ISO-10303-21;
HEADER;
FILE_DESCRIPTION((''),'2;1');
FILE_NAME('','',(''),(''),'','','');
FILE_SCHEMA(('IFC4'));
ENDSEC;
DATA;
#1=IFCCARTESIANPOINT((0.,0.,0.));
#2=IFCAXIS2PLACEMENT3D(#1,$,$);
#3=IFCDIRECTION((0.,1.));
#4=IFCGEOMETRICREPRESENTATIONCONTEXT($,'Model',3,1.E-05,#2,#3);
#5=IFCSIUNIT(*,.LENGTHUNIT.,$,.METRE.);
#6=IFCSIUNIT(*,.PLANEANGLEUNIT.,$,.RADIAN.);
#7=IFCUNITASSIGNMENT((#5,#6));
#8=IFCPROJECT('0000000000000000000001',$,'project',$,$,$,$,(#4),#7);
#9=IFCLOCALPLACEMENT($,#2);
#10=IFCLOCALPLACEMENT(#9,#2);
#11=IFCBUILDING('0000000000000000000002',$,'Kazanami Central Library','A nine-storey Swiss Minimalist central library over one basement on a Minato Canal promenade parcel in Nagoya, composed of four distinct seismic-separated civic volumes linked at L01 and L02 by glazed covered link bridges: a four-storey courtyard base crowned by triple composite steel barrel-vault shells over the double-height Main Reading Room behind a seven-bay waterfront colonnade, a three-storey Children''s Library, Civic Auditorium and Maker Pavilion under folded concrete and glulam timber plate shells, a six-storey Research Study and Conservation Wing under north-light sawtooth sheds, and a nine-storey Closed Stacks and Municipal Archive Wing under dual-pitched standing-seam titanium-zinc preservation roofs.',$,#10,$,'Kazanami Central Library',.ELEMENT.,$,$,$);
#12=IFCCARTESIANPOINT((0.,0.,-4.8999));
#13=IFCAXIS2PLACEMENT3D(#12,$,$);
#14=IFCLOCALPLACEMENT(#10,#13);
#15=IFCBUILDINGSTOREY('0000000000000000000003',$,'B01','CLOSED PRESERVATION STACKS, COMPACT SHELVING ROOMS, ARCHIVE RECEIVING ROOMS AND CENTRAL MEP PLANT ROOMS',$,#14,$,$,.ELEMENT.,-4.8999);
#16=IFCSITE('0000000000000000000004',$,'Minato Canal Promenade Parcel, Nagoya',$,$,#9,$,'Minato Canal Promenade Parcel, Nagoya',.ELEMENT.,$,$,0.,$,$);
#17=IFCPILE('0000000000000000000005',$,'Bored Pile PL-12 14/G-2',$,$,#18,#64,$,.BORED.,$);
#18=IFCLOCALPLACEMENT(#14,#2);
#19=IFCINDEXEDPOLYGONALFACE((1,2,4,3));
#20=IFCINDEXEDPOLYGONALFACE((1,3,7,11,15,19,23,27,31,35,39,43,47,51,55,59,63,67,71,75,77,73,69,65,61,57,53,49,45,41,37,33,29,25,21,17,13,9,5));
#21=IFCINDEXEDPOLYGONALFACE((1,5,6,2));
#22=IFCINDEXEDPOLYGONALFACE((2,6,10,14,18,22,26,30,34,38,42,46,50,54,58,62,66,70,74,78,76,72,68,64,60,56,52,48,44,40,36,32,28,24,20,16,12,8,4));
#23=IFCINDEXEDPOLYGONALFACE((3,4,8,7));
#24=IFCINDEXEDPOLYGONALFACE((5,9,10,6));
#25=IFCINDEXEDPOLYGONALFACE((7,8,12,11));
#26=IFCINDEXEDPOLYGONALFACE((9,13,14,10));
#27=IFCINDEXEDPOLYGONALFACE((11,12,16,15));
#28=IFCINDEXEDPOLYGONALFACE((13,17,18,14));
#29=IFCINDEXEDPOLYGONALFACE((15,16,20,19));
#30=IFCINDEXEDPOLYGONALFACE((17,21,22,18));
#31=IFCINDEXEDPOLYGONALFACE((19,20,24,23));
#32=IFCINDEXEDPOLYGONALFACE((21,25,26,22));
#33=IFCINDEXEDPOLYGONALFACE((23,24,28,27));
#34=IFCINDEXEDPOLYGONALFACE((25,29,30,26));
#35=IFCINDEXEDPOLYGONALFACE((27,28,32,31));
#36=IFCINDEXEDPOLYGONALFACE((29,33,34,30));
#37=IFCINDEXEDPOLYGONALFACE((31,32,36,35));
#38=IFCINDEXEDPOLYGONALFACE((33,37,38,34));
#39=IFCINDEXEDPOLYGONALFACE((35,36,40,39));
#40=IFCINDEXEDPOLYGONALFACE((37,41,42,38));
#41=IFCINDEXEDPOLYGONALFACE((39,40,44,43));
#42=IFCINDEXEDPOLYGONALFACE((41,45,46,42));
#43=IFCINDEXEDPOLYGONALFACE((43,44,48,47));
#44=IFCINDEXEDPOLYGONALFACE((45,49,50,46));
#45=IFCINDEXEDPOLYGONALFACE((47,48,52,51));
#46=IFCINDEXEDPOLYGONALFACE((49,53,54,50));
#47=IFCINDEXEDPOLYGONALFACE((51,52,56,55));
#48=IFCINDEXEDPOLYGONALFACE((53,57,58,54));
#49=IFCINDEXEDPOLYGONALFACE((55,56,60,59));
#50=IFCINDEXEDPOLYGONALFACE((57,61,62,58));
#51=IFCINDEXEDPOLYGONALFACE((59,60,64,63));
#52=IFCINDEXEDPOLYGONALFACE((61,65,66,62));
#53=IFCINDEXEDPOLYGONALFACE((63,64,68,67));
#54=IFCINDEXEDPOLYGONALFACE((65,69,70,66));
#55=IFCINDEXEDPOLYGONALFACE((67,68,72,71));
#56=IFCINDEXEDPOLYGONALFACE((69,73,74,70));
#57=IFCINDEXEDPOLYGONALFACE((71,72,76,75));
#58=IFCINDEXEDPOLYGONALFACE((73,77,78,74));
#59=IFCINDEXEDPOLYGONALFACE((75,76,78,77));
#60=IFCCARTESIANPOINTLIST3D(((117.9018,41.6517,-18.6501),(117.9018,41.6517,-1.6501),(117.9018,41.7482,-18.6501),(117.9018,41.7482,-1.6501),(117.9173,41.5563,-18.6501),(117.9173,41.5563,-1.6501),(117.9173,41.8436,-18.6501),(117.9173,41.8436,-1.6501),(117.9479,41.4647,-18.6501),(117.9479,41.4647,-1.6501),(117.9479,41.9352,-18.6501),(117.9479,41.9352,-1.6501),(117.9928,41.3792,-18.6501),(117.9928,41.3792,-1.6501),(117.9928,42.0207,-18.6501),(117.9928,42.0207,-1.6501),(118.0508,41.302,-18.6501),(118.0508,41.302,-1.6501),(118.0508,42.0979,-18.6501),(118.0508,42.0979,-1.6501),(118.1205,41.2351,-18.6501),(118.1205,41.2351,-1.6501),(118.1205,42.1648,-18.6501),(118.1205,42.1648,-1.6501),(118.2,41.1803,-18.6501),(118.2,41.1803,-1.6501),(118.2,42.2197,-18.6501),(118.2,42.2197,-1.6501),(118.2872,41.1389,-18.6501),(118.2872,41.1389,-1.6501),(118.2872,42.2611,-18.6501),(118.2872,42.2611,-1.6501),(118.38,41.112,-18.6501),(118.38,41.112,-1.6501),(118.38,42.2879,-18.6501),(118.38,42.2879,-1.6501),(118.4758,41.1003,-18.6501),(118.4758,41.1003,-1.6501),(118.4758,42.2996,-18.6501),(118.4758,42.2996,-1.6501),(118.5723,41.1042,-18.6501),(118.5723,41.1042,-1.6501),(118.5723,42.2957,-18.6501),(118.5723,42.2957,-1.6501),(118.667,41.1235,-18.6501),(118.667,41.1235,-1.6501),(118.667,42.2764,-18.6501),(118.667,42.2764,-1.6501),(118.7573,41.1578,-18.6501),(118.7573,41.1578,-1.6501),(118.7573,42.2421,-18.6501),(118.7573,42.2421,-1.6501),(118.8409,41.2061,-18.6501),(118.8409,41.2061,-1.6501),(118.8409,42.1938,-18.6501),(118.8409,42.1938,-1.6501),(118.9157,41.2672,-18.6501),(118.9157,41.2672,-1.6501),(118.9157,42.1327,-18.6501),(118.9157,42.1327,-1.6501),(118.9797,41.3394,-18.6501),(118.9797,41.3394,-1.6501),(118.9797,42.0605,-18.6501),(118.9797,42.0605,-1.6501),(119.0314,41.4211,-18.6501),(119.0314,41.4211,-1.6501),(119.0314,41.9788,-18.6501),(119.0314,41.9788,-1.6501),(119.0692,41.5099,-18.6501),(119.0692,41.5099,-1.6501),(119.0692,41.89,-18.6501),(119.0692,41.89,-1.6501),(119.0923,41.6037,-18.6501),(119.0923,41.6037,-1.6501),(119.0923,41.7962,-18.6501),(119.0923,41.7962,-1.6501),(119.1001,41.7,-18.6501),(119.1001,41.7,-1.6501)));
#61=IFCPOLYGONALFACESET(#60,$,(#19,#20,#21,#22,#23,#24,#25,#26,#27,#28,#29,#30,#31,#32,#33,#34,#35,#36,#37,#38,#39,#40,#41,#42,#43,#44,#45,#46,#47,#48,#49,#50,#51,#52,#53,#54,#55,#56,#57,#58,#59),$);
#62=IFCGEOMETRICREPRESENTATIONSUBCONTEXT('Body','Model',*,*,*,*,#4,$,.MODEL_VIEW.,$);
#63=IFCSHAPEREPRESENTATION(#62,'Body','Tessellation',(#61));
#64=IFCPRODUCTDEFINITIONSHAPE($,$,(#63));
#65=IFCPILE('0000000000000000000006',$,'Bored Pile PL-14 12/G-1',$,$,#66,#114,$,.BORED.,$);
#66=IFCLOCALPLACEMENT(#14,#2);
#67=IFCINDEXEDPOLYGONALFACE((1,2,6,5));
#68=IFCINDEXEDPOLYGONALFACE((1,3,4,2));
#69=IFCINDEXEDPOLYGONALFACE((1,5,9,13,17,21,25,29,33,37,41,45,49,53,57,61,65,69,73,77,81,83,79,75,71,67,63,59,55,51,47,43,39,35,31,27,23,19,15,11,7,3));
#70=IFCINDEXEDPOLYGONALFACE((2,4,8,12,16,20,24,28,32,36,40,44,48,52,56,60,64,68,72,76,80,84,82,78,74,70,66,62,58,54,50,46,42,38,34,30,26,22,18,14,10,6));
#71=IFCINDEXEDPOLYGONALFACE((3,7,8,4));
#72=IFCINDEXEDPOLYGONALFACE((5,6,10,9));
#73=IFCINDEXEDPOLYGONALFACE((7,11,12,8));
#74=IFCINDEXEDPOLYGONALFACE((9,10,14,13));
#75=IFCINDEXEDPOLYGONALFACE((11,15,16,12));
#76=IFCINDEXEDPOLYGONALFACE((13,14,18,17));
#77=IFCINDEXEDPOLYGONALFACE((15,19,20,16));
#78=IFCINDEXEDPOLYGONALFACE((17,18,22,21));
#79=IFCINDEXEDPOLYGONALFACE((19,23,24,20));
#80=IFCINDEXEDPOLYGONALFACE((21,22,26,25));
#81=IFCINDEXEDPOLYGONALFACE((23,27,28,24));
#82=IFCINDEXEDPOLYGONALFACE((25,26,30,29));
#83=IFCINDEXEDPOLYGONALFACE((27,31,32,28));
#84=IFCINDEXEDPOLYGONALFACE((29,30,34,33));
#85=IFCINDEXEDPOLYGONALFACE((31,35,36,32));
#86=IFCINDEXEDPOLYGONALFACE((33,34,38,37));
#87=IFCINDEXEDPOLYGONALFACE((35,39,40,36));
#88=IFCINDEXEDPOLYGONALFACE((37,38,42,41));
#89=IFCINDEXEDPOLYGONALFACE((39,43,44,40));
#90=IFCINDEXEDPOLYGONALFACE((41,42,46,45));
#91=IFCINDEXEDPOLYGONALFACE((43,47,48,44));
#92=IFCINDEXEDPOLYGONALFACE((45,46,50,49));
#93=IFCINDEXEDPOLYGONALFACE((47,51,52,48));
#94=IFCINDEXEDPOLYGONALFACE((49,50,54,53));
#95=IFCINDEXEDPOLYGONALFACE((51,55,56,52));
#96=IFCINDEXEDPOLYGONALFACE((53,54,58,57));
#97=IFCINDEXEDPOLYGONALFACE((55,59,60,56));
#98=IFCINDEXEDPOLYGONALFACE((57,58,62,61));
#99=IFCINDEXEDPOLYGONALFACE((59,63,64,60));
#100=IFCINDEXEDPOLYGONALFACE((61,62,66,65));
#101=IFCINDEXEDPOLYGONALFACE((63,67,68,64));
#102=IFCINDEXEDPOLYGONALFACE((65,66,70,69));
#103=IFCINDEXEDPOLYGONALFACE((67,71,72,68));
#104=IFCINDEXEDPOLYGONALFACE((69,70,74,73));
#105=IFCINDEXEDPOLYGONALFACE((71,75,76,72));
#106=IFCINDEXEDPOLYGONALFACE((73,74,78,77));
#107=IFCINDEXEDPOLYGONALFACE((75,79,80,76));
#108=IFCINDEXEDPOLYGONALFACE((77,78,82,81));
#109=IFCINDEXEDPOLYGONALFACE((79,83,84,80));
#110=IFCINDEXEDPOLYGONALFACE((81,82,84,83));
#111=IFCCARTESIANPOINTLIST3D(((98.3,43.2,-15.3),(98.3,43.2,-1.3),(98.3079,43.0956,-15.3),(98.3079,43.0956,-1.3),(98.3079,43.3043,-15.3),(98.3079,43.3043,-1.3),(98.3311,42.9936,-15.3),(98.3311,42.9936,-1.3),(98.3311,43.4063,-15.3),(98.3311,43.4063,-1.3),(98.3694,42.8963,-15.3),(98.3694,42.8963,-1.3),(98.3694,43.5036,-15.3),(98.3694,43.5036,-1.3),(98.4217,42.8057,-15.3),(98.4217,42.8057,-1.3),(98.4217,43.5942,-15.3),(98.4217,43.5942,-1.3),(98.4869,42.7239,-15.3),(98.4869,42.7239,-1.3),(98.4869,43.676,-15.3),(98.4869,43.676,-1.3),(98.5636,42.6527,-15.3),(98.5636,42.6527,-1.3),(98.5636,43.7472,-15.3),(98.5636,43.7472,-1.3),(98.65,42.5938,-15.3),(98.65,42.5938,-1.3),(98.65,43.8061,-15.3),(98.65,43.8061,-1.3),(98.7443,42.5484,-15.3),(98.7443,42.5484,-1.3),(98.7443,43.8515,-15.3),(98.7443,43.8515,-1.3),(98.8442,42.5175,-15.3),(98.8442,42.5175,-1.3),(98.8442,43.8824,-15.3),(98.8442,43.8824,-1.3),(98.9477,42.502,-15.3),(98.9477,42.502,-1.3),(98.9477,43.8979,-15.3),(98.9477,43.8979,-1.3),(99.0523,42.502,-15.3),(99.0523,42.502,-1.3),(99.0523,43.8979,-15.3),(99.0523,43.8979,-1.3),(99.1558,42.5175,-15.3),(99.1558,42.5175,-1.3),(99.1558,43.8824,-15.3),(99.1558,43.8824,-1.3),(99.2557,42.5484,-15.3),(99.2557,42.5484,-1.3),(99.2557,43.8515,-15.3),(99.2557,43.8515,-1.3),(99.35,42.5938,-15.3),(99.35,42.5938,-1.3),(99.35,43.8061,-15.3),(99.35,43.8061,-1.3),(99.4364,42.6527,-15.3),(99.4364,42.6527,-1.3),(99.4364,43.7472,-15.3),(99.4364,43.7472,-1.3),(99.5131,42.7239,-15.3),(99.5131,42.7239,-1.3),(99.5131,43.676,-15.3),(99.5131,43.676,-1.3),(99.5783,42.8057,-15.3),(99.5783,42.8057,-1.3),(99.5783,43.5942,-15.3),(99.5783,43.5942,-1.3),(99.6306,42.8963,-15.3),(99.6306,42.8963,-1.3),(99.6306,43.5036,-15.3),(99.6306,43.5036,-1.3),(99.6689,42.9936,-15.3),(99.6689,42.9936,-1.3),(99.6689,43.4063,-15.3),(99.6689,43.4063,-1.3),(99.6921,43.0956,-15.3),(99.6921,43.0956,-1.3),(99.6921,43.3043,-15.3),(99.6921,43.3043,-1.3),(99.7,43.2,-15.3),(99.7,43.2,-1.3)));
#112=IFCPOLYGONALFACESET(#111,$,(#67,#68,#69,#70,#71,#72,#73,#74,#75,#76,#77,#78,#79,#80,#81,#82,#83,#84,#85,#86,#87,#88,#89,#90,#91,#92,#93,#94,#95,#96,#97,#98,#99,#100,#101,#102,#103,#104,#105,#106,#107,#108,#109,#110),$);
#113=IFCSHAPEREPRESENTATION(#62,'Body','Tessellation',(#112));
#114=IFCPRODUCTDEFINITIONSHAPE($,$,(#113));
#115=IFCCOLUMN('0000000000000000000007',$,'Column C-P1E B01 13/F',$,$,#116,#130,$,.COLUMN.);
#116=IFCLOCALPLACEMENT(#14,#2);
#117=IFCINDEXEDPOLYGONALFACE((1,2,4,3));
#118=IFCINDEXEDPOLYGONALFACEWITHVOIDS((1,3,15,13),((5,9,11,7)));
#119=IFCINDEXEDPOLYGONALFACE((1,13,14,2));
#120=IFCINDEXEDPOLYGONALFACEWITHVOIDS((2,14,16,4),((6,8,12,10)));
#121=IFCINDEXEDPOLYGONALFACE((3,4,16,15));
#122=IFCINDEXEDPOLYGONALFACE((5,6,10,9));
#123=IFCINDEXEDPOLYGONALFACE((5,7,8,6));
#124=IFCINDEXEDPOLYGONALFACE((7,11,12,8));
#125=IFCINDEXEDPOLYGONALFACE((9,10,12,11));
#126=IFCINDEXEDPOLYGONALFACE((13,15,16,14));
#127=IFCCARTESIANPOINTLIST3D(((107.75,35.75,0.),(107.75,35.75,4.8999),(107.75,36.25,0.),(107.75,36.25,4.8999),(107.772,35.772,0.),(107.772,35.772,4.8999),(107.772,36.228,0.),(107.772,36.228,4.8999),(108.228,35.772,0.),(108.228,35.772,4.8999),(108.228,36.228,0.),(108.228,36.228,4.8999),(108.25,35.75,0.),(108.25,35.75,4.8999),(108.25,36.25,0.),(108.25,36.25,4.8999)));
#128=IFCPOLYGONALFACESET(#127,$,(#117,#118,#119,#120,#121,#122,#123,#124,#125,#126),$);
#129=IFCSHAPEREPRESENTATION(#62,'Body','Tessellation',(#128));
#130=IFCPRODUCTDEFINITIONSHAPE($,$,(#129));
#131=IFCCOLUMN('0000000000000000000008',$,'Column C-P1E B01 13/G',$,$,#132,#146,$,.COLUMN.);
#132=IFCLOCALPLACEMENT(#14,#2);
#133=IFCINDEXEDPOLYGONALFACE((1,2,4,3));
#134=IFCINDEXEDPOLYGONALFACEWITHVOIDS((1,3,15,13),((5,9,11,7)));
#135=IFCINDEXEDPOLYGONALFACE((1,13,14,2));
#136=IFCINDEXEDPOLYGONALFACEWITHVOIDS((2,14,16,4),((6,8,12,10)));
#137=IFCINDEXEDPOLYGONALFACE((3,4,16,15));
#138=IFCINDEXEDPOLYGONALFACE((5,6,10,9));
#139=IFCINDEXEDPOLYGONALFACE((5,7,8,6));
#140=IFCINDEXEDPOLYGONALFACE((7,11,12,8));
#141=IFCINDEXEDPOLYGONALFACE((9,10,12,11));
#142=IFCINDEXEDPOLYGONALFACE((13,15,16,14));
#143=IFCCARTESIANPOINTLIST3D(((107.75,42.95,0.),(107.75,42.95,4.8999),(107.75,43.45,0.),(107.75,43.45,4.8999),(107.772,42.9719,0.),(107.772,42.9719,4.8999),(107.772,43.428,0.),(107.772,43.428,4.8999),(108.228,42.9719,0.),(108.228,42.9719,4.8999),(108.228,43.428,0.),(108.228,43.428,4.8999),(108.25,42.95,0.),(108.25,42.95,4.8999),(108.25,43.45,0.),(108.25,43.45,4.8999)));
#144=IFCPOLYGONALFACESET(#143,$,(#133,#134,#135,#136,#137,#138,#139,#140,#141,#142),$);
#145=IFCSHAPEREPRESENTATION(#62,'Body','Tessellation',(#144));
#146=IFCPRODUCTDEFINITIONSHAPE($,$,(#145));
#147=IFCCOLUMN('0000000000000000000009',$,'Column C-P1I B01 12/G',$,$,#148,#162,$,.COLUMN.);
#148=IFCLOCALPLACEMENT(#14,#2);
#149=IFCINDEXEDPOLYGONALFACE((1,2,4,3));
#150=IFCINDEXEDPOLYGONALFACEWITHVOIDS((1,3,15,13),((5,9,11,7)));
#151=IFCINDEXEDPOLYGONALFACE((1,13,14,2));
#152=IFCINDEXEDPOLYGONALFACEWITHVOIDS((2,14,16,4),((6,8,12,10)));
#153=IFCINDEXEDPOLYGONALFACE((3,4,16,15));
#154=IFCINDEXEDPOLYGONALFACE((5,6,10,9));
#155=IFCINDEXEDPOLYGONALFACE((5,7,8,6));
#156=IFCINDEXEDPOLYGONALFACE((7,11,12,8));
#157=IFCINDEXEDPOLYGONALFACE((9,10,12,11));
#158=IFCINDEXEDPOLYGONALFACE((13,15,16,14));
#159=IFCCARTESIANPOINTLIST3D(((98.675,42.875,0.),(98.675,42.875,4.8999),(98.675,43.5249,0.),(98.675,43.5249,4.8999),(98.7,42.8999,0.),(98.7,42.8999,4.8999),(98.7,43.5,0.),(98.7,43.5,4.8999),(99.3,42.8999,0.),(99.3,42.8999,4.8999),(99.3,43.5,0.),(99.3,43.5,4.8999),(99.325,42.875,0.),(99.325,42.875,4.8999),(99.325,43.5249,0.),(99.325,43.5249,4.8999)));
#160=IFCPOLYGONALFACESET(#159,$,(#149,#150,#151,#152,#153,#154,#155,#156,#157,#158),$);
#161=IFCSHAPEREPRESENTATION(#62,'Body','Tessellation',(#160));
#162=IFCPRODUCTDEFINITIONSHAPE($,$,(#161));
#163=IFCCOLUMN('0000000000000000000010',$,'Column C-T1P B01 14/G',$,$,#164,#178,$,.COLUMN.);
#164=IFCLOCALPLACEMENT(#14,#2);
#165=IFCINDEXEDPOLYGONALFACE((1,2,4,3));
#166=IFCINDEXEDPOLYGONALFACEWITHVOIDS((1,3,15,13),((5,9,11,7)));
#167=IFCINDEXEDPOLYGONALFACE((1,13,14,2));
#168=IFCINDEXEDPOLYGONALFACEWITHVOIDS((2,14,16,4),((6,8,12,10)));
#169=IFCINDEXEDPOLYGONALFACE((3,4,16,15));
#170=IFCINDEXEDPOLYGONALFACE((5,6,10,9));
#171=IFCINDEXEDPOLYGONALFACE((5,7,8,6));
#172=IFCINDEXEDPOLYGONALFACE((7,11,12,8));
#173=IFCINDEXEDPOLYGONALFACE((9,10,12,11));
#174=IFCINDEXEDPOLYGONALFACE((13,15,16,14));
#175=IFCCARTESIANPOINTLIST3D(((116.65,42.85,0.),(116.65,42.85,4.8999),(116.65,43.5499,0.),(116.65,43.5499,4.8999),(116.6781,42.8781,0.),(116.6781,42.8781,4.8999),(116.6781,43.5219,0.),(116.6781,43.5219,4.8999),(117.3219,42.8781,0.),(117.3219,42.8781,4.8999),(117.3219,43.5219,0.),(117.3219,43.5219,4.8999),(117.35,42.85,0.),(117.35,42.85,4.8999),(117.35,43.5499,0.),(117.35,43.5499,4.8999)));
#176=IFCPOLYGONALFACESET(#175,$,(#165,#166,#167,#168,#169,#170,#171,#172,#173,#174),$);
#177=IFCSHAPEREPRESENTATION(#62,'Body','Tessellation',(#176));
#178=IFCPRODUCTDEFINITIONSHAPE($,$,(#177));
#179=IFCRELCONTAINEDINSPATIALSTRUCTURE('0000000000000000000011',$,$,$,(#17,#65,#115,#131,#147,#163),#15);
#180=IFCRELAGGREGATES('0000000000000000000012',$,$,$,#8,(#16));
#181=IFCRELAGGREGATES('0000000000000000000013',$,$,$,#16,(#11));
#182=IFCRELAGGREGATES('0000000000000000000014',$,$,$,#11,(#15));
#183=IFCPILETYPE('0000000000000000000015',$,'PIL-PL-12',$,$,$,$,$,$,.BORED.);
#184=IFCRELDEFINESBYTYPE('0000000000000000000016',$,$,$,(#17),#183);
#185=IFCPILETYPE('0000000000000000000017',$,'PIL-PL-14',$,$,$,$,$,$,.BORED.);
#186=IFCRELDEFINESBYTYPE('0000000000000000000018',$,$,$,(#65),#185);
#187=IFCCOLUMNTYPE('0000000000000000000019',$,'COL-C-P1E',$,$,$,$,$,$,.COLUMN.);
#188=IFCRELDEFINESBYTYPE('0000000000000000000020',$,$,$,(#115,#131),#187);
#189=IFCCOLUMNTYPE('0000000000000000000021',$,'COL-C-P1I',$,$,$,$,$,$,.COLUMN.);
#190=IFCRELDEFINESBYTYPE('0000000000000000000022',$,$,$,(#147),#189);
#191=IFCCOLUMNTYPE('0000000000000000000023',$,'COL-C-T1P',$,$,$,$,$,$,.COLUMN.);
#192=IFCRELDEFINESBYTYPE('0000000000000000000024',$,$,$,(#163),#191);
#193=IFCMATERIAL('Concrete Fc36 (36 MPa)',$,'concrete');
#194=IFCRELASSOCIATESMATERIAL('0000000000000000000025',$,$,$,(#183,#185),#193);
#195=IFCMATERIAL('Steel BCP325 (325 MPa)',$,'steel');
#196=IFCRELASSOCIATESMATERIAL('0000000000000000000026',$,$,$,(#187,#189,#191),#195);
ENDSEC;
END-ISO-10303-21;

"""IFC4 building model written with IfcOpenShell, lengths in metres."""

from ifc_helpers import new_model, si_unit, direction, frame, origin, origin_2d, place, context, subcontext, project, spatial, hollow_rectangle, circle, extrude, material, material_profile, profile_set, type_object, element, save


model = new_model("IFC4")

# Units and contexts
model_context = context("Model", 3, precision=1e-05, world=origin(), true_north=direction((0.0, 1.0)))
body_context = subcontext(model_context, "Body", "Model", "MODEL_VIEW")
ifc_project = project(units=[si_unit("LENGTHUNIT", "METRE"), si_unit("PLANEANGLEUNIT", "RADIAN")], contexts=[model_context])

# Site, building, storey
site_placement = place(None, origin())
site = spatial("IfcSite", under=ifc_project, at=site_placement, Name="Minato Canal Promenade Parcel, Nagoya", LongName="Minato Canal Promenade Parcel, Nagoya", CompositionType="ELEMENT", RefElevation=0.0)
building_placement = place(site_placement, origin())
building = spatial("IfcBuilding", under=site, at=building_placement, Name="Kazanami Central Library", Description="A nine-storey Swiss Minimalist central library over one basement on a Minato Canal promenade parcel in Nagoya, composed of four distinct seismic-separated civic volumes linked at L01 and L02 by glazed covered link bridges: a four-storey courtyard base crowned by triple composite steel barrel-vault shells over the double-height Main Reading Room behind a seven-bay waterfront colonnade, a three-storey Children's Library, Civic Auditorium and Maker Pavilion under folded concrete and glulam timber plate shells, a six-storey Research Study and Conservation Wing under north-light sawtooth sheds, and a nine-storey Closed Stacks and Municipal Archive Wing under dual-pitched standing-seam titanium-zinc preservation roofs.", LongName="Kazanami Central Library", CompositionType="ELEMENT")
storey_placement = place(building_placement, frame((0.0, 0.0, -4.8999)))
storey = spatial("IfcBuildingStorey", under=building, at=storey_placement, Name="B01", Description="CLOSED PRESERVATION STACKS, COMPACT SHELVING ROOMS, ARCHIVE RECEIVING ROOMS AND CENTRAL MEP PLANT ROOMS", CompositionType="ELEMENT", Elevation=-4.8999)

# Shared definitions
ifc_material_1 = material(Name="Concrete Fc36 (36 MPa)", Category="concrete")

# Piles
ifc_material_profile_1 = material_profile(ifc_material_1, circle(Radius=0.6001, at=origin_2d()), Name="BORED-D1200")
ifc_profile_set_1 = profile_set([ifc_material_profile_1], Name="Concrete Fc36 (36 MPa)")
pile_type_1 = type_object("IfcPileType", Name="PIL-PL-12", PredefinedType="BORED", material=ifc_profile_set_1)
for number, where, z_axis, x_axis, name in (
    (1, (118.5, 41.7, -1.6501), (0.0, 0.0, -1.0), (1.0, 0.0, 0.0), "Bored Pile PL-12 14/G-2"),
):
    element("IfcPile", number, at=place(storey_placement, frame(where, z_axis=z_axis, x_axis=x_axis)), inside=storey, type_object=pile_type_1, Name=name, PredefinedType="BORED", context=body_context, shape_type="SweptSolid", body=[
        extrude(circle(Radius=0.6001, at=origin_2d()), origin(), (0.0, 0.0, 1.0), 17.0),
    ])
ifc_material_profile_2 = material_profile(ifc_material_1, circle(Radius=0.7, at=origin_2d()), Name="BORED-D1400")
ifc_profile_set_2 = profile_set([ifc_material_profile_2], Name="Concrete Fc36 (36 MPa)")
pile_type_2 = type_object("IfcPileType", Name="PIL-PL-14", PredefinedType="BORED", material=ifc_profile_set_2)
pile_placement = place(storey_placement, frame((99.0, 43.2, -1.3), z_axis=(0.0, 0.0, -1.0), x_axis=(1.0, 0.0, 0.0)))
element("IfcPile", 2, at=pile_placement, inside=storey, type_object=pile_type_2, Name="Bored Pile PL-14 12/G-1", PredefinedType="BORED", context=body_context, shape_type="SweptSolid", body=[
    extrude(circle(Radius=0.7, at=origin_2d()), origin(), (0.0, 0.0, 1.0), 14.0),
])

# Columns
ifc_material_2 = material(Name="Steel BCP325 (325 MPa)", Category="steel")
ifc_material_profile_3 = material_profile(ifc_material_2, hollow_rectangle(XDim=0.5, YDim=0.5, WallThickness=0.022, at=origin_2d()), Name="BCP-500x500x22")
ifc_profile_set_3 = profile_set([ifc_material_profile_3], Name="Steel BCP325 (325 MPa)")
column_type_1 = type_object("IfcColumnType", Name="COL-C-P1E", PredefinedType="COLUMN", material=ifc_profile_set_3)
for number, where, z_axis, x_axis, name in (
    (3, (108.0, 36.0, 0.0), (0.0, 0.0, 1.0), (1.0, 0.0, 0.0), "Column C-P1E B01 13/F"),
    (4, (108.0, 43.2, 0.0), (0.0, 0.0, 1.0), (1.0, 0.0, 0.0), "Column C-P1E B01 13/G"),
):
    element("IfcColumn", number, at=place(storey_placement, frame(where, z_axis=z_axis, x_axis=x_axis)), inside=storey, type_object=column_type_1, Name=name, PredefinedType="COLUMN", context=body_context, shape_type="SweptSolid", body=[
        extrude(hollow_rectangle(XDim=0.5, YDim=0.5, WallThickness=0.022, at=origin_2d()), origin(), (0.0, 0.0, 1.0), 4.8999),
    ])
ifc_material_profile_4 = material_profile(ifc_material_2, hollow_rectangle(XDim=0.6499, YDim=0.6499, WallThickness=0.0249, at=origin_2d()), Name="BCP-650x650x25")
ifc_profile_set_4 = profile_set([ifc_material_profile_4], Name="Steel BCP325 (325 MPa)")
column_type_2 = type_object("IfcColumnType", Name="COL-C-P1I", PredefinedType="COLUMN", material=ifc_profile_set_4)
column_1_placement = place(storey_placement, frame((99.0, 43.2, 0.0), z_axis=(0.0, 0.0, 1.0), x_axis=(1.0, 0.0, 0.0)))
element("IfcColumn", 5, at=column_1_placement, inside=storey, type_object=column_type_2, Name="Column C-P1I B01 12/G", PredefinedType="COLUMN", context=body_context, shape_type="SweptSolid", body=[
    extrude(hollow_rectangle(XDim=0.6499, YDim=0.6499, WallThickness=0.0249, at=origin_2d()), origin(), (0.0, 0.0, 1.0), 4.8999),
])
ifc_material_profile_5 = material_profile(ifc_material_2, hollow_rectangle(XDim=0.7, YDim=0.7, WallThickness=0.0281, at=origin_2d()), Name="BCP-700x700x28")
ifc_profile_set_5 = profile_set([ifc_material_profile_5], Name="Steel BCP325 (325 MPa)")
column_type_3 = type_object("IfcColumnType", Name="COL-C-T1P", PredefinedType="COLUMN", material=ifc_profile_set_5)
column_2_placement = place(storey_placement, frame((117.0, 43.2, 0.0), z_axis=(0.0, 0.0, 1.0), x_axis=(1.0, 0.0, 0.0)))
element("IfcColumn", 6, at=column_2_placement, inside=storey, type_object=column_type_3, Name="Column C-T1P B01 14/G", PredefinedType="COLUMN", context=body_context, shape_type="SweptSolid", body=[
    extrude(hollow_rectangle(XDim=0.7, YDim=0.7, WallThickness=0.0281, at=origin_2d()), origin(), (0.0, 0.0, 1.0), 4.8999),
])

save(model, "model.ifc")
